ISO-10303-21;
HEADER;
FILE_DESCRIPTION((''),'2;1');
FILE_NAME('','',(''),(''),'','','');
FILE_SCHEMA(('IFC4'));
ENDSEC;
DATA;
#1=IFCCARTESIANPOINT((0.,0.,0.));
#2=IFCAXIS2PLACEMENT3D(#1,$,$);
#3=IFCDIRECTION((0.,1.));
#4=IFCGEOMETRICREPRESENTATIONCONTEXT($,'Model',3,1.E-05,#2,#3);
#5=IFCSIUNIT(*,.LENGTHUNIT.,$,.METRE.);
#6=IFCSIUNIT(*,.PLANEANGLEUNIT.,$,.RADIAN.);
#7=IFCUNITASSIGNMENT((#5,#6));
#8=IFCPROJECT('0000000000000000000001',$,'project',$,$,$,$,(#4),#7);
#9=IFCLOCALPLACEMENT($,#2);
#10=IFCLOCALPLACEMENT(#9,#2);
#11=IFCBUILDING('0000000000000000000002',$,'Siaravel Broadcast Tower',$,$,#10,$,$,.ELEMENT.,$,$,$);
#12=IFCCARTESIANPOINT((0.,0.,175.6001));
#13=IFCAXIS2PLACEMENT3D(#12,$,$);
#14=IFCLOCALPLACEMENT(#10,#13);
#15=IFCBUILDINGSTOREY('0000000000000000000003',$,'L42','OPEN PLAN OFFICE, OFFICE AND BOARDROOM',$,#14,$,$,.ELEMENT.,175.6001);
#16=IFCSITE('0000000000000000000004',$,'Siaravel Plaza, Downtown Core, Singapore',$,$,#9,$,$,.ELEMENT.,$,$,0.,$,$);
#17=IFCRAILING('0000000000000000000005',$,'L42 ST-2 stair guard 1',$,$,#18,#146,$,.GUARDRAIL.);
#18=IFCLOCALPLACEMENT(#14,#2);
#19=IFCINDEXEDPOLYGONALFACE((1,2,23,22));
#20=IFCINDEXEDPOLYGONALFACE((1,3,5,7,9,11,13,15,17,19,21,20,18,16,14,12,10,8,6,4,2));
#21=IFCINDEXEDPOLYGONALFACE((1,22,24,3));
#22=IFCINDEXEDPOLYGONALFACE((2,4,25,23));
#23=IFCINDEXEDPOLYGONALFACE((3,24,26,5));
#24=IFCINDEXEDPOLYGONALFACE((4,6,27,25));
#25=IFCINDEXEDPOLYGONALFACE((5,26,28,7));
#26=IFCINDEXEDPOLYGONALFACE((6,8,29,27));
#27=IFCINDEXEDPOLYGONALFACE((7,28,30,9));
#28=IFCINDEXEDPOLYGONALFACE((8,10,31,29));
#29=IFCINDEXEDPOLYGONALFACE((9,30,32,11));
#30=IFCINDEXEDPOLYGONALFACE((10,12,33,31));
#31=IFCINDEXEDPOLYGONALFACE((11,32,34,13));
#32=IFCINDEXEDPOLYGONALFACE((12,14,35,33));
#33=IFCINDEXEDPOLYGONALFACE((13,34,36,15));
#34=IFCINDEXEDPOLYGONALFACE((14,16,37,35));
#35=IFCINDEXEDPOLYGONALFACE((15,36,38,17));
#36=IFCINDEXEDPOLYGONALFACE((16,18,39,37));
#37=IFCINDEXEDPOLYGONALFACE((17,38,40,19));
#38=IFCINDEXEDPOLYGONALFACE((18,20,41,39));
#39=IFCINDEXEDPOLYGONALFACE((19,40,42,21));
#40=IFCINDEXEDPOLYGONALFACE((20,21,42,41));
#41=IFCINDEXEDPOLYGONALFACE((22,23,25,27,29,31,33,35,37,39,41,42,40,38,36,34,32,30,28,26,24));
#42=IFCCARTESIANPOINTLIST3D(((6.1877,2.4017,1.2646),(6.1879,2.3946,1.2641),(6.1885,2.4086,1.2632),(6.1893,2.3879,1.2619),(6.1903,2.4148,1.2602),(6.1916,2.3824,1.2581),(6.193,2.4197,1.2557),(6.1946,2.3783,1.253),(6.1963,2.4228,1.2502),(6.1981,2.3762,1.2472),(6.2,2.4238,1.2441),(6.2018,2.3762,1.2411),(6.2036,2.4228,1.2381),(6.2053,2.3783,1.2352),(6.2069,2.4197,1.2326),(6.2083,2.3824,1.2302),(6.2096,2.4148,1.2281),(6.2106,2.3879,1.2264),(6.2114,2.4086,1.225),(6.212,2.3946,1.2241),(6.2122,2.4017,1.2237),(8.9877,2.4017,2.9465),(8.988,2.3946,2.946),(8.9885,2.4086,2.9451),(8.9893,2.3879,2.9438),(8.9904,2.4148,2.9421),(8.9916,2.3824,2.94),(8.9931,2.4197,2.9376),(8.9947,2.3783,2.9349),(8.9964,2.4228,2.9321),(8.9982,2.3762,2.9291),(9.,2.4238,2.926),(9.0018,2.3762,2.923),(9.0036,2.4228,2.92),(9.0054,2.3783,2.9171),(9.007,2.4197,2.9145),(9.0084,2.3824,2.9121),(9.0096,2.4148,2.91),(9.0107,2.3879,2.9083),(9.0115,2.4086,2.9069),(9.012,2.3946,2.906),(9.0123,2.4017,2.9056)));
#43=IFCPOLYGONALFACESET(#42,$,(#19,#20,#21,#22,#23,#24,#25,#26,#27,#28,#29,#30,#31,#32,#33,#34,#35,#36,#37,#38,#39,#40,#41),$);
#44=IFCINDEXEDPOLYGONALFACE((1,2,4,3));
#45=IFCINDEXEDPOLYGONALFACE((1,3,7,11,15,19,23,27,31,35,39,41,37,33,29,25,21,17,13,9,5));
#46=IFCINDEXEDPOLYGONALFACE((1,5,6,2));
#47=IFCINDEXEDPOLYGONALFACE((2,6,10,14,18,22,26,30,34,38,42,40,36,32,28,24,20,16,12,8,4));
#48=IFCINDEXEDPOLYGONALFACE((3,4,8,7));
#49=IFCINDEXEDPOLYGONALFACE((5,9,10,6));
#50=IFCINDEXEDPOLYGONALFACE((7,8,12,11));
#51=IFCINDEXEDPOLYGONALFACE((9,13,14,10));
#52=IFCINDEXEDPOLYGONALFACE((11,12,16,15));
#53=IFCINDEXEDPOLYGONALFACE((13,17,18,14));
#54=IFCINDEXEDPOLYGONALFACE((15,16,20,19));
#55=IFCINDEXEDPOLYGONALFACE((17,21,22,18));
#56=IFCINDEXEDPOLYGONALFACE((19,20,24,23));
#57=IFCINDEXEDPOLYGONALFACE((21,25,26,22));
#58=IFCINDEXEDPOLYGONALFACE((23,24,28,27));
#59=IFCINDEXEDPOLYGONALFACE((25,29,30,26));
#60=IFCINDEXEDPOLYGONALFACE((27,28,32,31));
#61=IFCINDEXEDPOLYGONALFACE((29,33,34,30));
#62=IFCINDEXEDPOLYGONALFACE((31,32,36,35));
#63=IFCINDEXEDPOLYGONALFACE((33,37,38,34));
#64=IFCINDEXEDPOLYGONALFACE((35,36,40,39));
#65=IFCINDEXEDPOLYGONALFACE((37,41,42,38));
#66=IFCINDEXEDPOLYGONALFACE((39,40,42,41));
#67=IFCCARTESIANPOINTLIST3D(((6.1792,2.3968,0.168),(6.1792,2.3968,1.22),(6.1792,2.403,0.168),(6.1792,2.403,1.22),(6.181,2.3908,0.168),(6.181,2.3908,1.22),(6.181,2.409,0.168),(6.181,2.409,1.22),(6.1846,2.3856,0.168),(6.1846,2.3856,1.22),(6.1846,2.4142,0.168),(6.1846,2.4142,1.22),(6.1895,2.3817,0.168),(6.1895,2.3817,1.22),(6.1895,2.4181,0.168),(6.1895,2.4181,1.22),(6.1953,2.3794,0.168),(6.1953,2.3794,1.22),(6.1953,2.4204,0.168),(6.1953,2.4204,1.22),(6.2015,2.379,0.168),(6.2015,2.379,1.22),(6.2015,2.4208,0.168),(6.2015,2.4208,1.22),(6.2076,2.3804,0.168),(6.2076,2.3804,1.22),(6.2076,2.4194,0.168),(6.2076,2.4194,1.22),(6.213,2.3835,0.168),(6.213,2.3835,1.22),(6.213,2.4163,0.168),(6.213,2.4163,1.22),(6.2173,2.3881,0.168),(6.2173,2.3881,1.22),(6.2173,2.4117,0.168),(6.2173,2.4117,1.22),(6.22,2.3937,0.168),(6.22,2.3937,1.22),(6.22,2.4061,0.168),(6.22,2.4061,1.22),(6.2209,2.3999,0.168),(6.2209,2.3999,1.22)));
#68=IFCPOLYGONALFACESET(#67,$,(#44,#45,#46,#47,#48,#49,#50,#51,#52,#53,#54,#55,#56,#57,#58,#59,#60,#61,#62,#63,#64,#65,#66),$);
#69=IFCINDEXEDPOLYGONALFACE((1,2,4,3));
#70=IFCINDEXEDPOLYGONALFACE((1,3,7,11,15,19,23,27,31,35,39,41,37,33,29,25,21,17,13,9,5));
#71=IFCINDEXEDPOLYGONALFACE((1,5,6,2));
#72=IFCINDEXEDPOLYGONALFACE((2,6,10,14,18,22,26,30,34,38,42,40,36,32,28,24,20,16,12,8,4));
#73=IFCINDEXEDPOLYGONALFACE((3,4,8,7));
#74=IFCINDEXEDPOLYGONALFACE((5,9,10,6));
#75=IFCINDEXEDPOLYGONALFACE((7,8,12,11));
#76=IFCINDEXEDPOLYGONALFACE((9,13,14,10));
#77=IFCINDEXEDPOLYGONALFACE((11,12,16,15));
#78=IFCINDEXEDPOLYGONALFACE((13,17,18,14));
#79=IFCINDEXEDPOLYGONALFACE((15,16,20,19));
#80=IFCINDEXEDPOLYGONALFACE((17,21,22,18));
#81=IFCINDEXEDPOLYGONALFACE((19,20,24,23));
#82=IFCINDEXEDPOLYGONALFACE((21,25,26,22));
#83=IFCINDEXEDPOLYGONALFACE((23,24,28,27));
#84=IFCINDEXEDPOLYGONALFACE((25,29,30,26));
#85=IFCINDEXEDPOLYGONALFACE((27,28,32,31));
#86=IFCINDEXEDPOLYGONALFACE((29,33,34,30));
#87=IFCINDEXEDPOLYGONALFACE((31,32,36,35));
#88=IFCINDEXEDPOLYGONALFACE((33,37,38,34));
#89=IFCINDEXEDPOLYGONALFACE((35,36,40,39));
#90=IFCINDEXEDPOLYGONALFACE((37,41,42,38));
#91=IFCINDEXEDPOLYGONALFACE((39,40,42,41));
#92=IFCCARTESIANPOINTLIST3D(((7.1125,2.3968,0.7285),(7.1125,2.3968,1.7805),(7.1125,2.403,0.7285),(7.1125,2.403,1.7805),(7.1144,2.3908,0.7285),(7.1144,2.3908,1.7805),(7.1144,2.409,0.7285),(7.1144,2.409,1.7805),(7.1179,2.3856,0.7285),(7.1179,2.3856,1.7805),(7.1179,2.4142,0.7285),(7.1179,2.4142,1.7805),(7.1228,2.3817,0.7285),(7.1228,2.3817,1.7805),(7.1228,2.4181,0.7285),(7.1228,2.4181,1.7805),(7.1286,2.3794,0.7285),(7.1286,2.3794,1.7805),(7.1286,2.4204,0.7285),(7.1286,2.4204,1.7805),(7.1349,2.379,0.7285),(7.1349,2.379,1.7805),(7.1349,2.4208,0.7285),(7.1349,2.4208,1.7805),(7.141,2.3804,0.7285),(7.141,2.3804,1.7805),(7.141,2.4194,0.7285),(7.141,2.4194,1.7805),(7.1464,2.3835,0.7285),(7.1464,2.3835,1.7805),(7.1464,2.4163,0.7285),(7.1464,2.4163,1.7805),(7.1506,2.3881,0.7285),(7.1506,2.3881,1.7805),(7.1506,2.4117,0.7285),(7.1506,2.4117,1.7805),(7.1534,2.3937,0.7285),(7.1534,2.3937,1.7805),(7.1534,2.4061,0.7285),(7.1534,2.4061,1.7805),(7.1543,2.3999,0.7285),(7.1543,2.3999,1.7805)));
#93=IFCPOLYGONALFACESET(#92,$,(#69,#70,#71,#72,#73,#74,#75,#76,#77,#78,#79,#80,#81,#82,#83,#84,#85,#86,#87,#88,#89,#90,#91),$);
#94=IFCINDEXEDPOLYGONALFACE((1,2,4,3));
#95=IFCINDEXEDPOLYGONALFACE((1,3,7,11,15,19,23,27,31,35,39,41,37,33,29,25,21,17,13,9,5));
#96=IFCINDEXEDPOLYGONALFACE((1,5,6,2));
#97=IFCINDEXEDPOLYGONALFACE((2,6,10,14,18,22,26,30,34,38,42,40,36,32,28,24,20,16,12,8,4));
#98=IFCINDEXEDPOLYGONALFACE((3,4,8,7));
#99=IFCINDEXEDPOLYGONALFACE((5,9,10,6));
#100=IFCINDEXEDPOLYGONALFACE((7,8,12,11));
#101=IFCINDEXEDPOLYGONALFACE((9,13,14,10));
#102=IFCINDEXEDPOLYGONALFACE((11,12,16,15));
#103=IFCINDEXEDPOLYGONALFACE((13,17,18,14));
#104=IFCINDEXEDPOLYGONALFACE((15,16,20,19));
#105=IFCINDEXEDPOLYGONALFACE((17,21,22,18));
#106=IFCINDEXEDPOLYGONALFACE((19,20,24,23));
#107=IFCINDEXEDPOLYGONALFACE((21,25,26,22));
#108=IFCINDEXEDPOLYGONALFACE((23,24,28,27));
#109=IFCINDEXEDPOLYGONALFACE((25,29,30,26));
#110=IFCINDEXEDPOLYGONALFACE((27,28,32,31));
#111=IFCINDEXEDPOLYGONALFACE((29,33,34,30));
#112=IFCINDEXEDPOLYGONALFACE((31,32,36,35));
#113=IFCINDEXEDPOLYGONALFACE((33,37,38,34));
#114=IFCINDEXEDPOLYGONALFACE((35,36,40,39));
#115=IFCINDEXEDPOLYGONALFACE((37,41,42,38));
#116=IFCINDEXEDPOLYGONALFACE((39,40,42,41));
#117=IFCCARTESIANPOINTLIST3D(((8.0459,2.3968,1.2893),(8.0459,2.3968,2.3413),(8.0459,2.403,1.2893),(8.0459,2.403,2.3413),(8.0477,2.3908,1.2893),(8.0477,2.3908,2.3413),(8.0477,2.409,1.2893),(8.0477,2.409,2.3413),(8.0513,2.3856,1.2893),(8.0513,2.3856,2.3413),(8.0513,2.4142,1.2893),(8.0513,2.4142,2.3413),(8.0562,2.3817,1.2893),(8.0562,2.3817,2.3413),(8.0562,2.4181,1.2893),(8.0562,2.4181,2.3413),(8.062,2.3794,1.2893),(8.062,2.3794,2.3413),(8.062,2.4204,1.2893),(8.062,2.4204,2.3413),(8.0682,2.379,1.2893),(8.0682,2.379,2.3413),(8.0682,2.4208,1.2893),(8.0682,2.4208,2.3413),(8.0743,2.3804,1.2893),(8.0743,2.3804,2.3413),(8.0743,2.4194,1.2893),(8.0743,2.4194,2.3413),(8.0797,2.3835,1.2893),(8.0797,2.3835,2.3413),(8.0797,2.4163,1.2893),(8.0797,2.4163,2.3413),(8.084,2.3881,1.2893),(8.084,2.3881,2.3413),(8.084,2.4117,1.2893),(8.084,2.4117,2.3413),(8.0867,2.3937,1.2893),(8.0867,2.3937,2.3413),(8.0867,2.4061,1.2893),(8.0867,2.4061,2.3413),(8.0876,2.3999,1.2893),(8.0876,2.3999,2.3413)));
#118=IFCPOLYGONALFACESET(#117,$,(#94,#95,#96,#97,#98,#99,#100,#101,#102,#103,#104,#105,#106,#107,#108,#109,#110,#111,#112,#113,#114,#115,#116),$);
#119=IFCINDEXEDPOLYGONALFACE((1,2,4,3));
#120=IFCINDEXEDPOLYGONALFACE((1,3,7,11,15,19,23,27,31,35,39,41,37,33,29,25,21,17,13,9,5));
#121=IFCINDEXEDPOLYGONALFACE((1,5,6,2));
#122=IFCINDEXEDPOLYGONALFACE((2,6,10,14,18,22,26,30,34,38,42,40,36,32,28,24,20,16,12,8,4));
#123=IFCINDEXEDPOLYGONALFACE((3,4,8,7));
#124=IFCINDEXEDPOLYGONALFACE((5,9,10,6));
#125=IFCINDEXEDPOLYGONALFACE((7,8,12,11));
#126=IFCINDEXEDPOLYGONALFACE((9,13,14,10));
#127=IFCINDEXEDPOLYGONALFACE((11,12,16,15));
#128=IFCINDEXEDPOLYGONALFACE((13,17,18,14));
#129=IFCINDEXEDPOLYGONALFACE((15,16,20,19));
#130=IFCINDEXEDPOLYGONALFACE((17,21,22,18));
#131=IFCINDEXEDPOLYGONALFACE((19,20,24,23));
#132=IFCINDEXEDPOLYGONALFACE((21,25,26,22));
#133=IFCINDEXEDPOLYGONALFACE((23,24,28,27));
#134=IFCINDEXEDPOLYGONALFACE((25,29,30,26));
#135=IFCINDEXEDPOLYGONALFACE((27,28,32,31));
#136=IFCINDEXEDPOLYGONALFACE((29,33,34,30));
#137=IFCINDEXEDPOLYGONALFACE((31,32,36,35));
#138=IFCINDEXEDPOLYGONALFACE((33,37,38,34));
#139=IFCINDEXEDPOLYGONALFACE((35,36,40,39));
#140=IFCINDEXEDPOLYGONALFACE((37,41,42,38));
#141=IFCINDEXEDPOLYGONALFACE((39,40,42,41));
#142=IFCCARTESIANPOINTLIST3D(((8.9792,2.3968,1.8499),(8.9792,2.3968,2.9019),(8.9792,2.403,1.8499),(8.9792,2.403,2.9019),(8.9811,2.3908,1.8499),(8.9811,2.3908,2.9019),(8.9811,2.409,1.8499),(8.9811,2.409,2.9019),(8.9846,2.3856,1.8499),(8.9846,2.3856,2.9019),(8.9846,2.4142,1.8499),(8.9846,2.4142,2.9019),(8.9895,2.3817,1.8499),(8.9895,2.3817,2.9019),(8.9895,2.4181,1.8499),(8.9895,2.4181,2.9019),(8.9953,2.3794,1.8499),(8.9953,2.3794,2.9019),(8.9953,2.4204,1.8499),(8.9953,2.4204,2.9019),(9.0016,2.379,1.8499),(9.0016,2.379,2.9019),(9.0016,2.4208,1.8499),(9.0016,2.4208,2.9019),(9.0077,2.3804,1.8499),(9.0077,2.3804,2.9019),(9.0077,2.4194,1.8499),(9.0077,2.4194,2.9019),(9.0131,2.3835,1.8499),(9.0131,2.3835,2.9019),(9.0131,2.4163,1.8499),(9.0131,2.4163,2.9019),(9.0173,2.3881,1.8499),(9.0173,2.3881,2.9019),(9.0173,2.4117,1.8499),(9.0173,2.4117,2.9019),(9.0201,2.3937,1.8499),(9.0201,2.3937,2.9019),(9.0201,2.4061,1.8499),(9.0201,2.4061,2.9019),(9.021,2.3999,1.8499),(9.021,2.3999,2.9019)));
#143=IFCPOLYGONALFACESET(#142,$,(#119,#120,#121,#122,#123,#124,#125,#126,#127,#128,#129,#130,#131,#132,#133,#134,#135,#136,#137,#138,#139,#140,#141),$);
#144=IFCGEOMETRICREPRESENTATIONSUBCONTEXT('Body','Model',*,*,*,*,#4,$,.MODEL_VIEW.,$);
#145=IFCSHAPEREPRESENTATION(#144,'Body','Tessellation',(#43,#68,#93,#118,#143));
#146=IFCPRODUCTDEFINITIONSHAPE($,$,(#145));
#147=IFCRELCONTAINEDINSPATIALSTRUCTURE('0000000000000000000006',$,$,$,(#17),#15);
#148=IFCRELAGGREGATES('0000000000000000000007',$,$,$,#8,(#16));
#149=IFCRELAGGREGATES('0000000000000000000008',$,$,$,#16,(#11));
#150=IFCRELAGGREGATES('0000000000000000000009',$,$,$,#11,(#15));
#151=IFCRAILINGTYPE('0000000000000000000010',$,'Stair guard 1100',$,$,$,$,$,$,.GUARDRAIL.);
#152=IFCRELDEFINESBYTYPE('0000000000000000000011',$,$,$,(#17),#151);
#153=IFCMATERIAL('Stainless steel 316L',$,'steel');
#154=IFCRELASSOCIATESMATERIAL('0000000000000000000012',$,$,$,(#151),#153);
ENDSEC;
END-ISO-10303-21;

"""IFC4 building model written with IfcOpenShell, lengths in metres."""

from ifc_helpers import new_model, si_unit, direction, frame, origin, origin_2d, place, context, subcontext, project, spatial, circle, extrude, material, type_object, element, save


model = new_model("IFC4")

# Units and contexts
model_context = context("Model", 3, precision=1e-05, world=origin(), true_north=direction((0.0, 1.0)))
body_context = subcontext(model_context, "Body", "Model", "MODEL_VIEW")
ifc_project = project(units=[si_unit("LENGTHUNIT", "METRE"), si_unit("PLANEANGLEUNIT", "RADIAN")], contexts=[model_context])

# Site, building, storey
site_placement = place(None, origin())
site = spatial("IfcSite", under=ifc_project, at=site_placement, Name="Siaravel Plaza, Downtown Core, Singapore", CompositionType="ELEMENT", RefElevation=0.0)
building_placement = place(site_placement, origin())
building = spatial("IfcBuilding", under=site, at=building_placement, Name="Siaravel Broadcast Tower", CompositionType="ELEMENT")
storey_placement = place(building_placement, frame((0.0, 0.0, 175.6001)))
storey = spatial("IfcBuildingStorey", under=building, at=storey_placement, Name="L42", Description="OPEN PLAN OFFICE, OFFICE AND BOARDROOM", CompositionType="ELEMENT", Elevation=175.6001)

# Railing
ifc_material_1 = material(Name="Stainless steel 316L", Category="steel")
railing_type_1 = type_object("IfcRailingType", Name="Stair guard 1100", PredefinedType="GUARDRAIL", material=ifc_material_1)
railing_1_placement = place(storey_placement, frame((6.2, 2.3999, 0.168)))
element("IfcRailing", 1, at=railing_1_placement, inside=storey, type_object=railing_type_1, Name="L42 ST-2 stair guard 1", PredefinedType="GUARDRAIL", context=body_context, shape_type="SweptSolid", body=[
    extrude(circle(Radius=0.0239, at=origin_2d()), frame((0.0, 0.0, 1.0762), z_axis=(0.857242, 0.0, 0.514913), x_axis=(0.0, 1.0, 0.0)), (0.0, 0.0, 1.0), 3.2664),
    extrude(circle(Radius=0.021, at=origin_2d()), origin(), (0.0, 0.0, 1.0), 1.052),
    extrude(circle(Radius=0.021, at=origin_2d()), frame((0.9333, 0.0, 0.5605)), (0.0, 0.0, 1.0), 1.052),
    extrude(circle(Radius=0.021, at=origin_2d()), frame((1.8667, 0.0, 1.1213)), (0.0, 0.0, 1.0), 1.052),
    extrude(circle(Radius=0.021, at=origin_2d()), frame((2.8, 0.0, 1.6819)), (0.0, 0.0, 1.0), 1.052),
])

save(model, "model.ifc")
